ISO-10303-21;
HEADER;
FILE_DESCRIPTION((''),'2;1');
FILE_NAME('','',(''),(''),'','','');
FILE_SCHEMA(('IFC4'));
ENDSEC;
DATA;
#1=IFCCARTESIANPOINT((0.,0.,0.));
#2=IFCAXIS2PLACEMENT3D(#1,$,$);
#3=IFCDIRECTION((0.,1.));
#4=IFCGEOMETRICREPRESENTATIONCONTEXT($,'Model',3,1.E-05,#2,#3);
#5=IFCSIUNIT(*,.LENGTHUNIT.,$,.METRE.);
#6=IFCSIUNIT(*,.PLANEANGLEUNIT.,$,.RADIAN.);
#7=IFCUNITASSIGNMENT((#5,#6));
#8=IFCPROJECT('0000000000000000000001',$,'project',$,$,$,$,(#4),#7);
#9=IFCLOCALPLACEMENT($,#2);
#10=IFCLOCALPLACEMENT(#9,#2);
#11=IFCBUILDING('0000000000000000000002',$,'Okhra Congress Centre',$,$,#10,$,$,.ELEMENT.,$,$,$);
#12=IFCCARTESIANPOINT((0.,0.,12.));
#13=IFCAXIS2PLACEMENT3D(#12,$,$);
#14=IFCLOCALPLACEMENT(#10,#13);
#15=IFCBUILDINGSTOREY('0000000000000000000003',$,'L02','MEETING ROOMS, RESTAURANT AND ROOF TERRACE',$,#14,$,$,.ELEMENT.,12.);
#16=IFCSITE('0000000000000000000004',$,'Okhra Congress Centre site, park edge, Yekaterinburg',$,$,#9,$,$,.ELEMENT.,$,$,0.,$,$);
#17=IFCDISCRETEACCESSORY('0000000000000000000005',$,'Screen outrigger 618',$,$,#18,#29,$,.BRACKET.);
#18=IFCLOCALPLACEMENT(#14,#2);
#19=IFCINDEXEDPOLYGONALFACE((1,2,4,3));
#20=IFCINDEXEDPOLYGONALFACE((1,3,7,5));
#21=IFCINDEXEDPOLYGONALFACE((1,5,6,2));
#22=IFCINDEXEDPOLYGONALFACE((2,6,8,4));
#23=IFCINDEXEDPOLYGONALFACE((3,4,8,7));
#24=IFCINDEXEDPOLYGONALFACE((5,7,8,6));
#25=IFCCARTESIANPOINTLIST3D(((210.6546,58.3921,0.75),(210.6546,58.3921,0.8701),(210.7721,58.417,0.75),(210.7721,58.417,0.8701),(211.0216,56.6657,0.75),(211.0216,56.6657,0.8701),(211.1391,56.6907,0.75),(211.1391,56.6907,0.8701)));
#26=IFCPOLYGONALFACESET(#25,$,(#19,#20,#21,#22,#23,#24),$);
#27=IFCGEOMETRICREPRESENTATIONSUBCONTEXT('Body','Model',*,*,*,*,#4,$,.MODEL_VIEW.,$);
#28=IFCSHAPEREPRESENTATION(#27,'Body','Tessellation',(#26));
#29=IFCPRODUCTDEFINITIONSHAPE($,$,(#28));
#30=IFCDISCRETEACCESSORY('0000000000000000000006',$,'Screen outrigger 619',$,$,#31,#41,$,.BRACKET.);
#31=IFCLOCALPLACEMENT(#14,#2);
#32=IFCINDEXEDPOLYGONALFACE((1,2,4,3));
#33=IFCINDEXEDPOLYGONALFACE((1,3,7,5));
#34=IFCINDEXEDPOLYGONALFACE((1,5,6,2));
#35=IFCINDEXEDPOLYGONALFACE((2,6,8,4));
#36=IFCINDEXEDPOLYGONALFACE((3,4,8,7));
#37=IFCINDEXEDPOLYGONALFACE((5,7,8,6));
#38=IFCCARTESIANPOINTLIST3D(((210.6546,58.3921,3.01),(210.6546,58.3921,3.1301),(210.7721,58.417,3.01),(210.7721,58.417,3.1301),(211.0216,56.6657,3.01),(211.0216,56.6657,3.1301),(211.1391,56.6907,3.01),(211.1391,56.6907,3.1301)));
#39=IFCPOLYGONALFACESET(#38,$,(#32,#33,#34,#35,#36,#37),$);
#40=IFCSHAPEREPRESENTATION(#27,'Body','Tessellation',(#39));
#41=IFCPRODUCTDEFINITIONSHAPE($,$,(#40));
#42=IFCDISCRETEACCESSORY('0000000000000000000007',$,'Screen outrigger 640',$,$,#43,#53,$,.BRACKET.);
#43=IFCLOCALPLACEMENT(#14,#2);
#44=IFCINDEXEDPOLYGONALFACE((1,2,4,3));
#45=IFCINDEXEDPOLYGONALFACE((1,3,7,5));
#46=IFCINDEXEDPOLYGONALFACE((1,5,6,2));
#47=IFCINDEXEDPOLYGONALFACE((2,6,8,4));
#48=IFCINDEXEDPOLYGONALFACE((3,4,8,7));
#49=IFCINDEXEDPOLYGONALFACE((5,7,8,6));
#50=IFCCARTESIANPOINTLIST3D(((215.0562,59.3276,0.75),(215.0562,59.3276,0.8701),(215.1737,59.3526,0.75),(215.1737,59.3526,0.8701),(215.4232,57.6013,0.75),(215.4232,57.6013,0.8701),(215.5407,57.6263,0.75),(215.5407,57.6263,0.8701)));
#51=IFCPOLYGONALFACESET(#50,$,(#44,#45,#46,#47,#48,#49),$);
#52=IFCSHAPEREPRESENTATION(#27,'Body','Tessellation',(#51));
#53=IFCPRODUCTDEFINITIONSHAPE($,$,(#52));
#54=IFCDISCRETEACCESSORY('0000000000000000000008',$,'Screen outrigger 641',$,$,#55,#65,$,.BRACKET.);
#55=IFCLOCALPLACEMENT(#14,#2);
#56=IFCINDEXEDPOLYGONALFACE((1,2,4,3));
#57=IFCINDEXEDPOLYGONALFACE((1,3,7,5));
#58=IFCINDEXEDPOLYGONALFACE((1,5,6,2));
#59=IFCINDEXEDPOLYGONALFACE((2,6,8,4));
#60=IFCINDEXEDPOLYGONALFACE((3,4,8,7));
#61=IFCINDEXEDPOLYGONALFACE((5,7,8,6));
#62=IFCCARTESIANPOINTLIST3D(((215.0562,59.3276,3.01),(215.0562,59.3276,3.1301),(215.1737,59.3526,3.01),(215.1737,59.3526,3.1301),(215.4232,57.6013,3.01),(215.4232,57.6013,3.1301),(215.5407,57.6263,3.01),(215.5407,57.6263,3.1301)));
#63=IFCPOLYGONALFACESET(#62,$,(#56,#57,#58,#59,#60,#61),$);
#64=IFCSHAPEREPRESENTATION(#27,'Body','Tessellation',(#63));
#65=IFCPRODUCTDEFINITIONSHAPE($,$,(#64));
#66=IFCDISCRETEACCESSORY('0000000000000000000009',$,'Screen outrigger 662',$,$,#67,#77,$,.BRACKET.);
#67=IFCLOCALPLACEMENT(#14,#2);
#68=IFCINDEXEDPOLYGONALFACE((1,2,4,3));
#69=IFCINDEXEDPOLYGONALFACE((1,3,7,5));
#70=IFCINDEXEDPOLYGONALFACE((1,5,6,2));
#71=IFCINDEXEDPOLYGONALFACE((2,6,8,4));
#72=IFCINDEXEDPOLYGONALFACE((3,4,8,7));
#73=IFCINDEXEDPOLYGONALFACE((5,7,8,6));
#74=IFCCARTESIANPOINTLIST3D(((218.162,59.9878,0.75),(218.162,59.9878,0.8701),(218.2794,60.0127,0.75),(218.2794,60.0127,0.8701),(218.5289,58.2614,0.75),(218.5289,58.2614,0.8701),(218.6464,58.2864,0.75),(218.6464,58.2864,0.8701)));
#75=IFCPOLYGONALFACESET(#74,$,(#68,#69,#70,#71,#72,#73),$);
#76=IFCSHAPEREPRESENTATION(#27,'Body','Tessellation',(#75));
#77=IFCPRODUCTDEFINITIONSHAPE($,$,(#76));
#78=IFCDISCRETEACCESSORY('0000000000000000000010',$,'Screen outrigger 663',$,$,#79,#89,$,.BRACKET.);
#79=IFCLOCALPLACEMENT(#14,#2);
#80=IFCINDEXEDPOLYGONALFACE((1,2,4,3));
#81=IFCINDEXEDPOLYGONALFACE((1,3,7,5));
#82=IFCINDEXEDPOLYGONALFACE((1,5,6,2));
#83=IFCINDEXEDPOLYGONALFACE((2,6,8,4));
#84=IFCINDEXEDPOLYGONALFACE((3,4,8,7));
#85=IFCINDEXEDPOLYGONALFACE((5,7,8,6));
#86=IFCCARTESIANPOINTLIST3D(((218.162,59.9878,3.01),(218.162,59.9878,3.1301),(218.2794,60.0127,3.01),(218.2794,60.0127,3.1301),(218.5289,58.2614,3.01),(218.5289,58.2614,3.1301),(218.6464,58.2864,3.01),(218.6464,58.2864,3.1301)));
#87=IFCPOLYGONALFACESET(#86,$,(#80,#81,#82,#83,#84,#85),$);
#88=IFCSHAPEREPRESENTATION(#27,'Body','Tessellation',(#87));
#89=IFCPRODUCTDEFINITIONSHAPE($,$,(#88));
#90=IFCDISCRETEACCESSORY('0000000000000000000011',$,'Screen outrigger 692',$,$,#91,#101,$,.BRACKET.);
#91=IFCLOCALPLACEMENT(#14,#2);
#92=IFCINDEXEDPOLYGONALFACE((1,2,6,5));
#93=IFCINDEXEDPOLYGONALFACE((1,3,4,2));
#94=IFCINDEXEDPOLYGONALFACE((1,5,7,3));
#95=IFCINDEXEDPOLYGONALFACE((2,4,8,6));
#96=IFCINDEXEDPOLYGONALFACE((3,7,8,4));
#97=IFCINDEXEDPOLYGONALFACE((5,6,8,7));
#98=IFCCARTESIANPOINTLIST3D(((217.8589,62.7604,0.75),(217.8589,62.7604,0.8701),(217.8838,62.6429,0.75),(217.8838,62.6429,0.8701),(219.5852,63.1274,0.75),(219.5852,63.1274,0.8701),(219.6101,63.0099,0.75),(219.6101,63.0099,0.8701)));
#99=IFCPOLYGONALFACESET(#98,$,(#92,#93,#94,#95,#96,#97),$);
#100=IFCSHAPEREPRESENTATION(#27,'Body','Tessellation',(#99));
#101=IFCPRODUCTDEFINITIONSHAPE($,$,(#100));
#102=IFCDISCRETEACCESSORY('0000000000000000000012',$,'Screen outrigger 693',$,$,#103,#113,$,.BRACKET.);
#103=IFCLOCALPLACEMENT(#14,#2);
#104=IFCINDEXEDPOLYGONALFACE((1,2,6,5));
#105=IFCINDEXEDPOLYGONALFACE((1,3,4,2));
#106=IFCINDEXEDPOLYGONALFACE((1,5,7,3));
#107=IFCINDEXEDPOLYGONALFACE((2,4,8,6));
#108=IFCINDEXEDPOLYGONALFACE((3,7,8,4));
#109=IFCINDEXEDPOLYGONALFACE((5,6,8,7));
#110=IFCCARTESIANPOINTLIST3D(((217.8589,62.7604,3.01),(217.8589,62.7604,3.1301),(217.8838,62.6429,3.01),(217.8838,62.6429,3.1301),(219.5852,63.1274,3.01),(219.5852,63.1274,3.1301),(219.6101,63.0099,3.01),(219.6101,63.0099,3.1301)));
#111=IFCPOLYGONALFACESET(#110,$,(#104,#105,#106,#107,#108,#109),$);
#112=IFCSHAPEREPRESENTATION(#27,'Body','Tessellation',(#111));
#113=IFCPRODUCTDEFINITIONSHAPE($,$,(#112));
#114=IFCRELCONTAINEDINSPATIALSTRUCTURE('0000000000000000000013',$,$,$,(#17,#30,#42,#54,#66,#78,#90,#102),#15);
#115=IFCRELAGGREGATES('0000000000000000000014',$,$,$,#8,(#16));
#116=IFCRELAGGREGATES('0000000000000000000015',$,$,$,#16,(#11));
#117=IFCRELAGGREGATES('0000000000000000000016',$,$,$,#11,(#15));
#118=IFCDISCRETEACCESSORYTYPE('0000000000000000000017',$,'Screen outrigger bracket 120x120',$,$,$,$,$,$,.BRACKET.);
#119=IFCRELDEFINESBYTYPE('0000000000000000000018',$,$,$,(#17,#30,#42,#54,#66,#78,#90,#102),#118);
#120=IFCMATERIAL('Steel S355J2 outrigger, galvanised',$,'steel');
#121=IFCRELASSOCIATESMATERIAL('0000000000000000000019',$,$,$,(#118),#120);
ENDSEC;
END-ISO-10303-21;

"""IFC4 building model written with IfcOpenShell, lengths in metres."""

from ifc_helpers import new_model, si_unit, direction, frame, origin, origin_2d, place, context, subcontext, project, spatial, rectangle, extrude, material, material_profile, profile_set, type_object, element, save


model = new_model("IFC4")

# Units and contexts
model_context = context("Model", 3, precision=1e-05, world=origin(), true_north=direction((0.0, 1.0)))
body_context = subcontext(model_context, "Body", "Model", "MODEL_VIEW")
ifc_project = project(units=[si_unit("LENGTHUNIT", "METRE"), si_unit("PLANEANGLEUNIT", "RADIAN")], contexts=[model_context])

# Site, building, storey
site_placement = place(None, origin())
site = spatial("IfcSite", under=ifc_project, at=site_placement, Name="Okhra Congress Centre site, park edge, Yekaterinburg", CompositionType="ELEMENT", RefElevation=0.0)
building_placement = place(site_placement, origin())
building = spatial("IfcBuilding", under=site, at=building_placement, Name="Okhra Congress Centre", CompositionType="ELEMENT")
storey_placement = place(building_placement, frame((0.0, 0.0, 12.0)))
storey = spatial("IfcBuildingStorey", under=building, at=storey_placement, Name="L02", Description="MEETING ROOMS, RESTAURANT AND ROOF TERRACE", CompositionType="ELEMENT", Elevation=12.0)

# Discrete accessories
ifc_material_1 = material(Name="Steel S355J2 outrigger, galvanised", Category="steel")
ifc_material_profile_1 = material_profile(ifc_material_1, rectangle(XDim=0.1201, YDim=0.1201, at=origin_2d()), Name="Screen outrigger bracket 120x120")
ifc_profile_set_1 = profile_set([ifc_material_profile_1], Name="Steel S355J2 outrigger, galvanised")
discrete_accessory_type = type_object("IfcDiscreteAccessoryType", Name="Screen outrigger bracket 120x120", PredefinedType="BRACKET", material=ifc_profile_set_1)
for number, where, z_axis, x_axis, name in (
    (1, (210.7134, 58.4045, 0.8101), (0.207913, -0.978147, 0.0), (0.978147, 0.207913, 0.0), "Screen outrigger 618"),
    (2, (210.7134, 58.4045, 3.0701), (0.207913, -0.978147, 0.0), (0.978147, 0.207913, 0.0), "Screen outrigger 619"),
    (3, (215.115, 59.3401, 0.8101), (0.207913, -0.978147, 0.0), (0.978147, 0.207913, 0.0), "Screen outrigger 640"),
    (4, (215.115, 59.3401, 3.0701), (0.207913, -0.978147, 0.0), (0.978147, 0.207913, 0.0), "Screen outrigger 641"),
    (5, (218.2207, 60.0002, 0.8101), (0.207913, -0.978147, 0.0), (0.978147, 0.207913, 0.0), "Screen outrigger 662"),
    (6, (218.2207, 60.0002, 3.0701), (0.207913, -0.978147, 0.0), (0.978147, 0.207913, 0.0), "Screen outrigger 663"),
    (7, (217.8713, 62.7017, 0.8101), (0.978147, 0.207913, 0.0), (-0.207913, 0.978147, 0.0), "Screen outrigger 692"),
    (8, (217.8713, 62.7017, 3.0701), (0.978147, 0.207913, 0.0), (-0.207913, 0.978147, 0.0), "Screen outrigger 693"),
):
    element("IfcDiscreteAccessory", number, at=place(storey_placement, frame(where, z_axis=z_axis, x_axis=x_axis)), inside=storey, type_object=discrete_accessory_type, Name=name, PredefinedType="BRACKET", context=body_context, shape_type="SweptSolid", body=[
        extrude(rectangle(XDim=0.1201, YDim=0.1201, at=origin_2d()), origin(), (0.0, 0.0, 1.0), 1.7649),
    ])

save(model, "model.ifc")
